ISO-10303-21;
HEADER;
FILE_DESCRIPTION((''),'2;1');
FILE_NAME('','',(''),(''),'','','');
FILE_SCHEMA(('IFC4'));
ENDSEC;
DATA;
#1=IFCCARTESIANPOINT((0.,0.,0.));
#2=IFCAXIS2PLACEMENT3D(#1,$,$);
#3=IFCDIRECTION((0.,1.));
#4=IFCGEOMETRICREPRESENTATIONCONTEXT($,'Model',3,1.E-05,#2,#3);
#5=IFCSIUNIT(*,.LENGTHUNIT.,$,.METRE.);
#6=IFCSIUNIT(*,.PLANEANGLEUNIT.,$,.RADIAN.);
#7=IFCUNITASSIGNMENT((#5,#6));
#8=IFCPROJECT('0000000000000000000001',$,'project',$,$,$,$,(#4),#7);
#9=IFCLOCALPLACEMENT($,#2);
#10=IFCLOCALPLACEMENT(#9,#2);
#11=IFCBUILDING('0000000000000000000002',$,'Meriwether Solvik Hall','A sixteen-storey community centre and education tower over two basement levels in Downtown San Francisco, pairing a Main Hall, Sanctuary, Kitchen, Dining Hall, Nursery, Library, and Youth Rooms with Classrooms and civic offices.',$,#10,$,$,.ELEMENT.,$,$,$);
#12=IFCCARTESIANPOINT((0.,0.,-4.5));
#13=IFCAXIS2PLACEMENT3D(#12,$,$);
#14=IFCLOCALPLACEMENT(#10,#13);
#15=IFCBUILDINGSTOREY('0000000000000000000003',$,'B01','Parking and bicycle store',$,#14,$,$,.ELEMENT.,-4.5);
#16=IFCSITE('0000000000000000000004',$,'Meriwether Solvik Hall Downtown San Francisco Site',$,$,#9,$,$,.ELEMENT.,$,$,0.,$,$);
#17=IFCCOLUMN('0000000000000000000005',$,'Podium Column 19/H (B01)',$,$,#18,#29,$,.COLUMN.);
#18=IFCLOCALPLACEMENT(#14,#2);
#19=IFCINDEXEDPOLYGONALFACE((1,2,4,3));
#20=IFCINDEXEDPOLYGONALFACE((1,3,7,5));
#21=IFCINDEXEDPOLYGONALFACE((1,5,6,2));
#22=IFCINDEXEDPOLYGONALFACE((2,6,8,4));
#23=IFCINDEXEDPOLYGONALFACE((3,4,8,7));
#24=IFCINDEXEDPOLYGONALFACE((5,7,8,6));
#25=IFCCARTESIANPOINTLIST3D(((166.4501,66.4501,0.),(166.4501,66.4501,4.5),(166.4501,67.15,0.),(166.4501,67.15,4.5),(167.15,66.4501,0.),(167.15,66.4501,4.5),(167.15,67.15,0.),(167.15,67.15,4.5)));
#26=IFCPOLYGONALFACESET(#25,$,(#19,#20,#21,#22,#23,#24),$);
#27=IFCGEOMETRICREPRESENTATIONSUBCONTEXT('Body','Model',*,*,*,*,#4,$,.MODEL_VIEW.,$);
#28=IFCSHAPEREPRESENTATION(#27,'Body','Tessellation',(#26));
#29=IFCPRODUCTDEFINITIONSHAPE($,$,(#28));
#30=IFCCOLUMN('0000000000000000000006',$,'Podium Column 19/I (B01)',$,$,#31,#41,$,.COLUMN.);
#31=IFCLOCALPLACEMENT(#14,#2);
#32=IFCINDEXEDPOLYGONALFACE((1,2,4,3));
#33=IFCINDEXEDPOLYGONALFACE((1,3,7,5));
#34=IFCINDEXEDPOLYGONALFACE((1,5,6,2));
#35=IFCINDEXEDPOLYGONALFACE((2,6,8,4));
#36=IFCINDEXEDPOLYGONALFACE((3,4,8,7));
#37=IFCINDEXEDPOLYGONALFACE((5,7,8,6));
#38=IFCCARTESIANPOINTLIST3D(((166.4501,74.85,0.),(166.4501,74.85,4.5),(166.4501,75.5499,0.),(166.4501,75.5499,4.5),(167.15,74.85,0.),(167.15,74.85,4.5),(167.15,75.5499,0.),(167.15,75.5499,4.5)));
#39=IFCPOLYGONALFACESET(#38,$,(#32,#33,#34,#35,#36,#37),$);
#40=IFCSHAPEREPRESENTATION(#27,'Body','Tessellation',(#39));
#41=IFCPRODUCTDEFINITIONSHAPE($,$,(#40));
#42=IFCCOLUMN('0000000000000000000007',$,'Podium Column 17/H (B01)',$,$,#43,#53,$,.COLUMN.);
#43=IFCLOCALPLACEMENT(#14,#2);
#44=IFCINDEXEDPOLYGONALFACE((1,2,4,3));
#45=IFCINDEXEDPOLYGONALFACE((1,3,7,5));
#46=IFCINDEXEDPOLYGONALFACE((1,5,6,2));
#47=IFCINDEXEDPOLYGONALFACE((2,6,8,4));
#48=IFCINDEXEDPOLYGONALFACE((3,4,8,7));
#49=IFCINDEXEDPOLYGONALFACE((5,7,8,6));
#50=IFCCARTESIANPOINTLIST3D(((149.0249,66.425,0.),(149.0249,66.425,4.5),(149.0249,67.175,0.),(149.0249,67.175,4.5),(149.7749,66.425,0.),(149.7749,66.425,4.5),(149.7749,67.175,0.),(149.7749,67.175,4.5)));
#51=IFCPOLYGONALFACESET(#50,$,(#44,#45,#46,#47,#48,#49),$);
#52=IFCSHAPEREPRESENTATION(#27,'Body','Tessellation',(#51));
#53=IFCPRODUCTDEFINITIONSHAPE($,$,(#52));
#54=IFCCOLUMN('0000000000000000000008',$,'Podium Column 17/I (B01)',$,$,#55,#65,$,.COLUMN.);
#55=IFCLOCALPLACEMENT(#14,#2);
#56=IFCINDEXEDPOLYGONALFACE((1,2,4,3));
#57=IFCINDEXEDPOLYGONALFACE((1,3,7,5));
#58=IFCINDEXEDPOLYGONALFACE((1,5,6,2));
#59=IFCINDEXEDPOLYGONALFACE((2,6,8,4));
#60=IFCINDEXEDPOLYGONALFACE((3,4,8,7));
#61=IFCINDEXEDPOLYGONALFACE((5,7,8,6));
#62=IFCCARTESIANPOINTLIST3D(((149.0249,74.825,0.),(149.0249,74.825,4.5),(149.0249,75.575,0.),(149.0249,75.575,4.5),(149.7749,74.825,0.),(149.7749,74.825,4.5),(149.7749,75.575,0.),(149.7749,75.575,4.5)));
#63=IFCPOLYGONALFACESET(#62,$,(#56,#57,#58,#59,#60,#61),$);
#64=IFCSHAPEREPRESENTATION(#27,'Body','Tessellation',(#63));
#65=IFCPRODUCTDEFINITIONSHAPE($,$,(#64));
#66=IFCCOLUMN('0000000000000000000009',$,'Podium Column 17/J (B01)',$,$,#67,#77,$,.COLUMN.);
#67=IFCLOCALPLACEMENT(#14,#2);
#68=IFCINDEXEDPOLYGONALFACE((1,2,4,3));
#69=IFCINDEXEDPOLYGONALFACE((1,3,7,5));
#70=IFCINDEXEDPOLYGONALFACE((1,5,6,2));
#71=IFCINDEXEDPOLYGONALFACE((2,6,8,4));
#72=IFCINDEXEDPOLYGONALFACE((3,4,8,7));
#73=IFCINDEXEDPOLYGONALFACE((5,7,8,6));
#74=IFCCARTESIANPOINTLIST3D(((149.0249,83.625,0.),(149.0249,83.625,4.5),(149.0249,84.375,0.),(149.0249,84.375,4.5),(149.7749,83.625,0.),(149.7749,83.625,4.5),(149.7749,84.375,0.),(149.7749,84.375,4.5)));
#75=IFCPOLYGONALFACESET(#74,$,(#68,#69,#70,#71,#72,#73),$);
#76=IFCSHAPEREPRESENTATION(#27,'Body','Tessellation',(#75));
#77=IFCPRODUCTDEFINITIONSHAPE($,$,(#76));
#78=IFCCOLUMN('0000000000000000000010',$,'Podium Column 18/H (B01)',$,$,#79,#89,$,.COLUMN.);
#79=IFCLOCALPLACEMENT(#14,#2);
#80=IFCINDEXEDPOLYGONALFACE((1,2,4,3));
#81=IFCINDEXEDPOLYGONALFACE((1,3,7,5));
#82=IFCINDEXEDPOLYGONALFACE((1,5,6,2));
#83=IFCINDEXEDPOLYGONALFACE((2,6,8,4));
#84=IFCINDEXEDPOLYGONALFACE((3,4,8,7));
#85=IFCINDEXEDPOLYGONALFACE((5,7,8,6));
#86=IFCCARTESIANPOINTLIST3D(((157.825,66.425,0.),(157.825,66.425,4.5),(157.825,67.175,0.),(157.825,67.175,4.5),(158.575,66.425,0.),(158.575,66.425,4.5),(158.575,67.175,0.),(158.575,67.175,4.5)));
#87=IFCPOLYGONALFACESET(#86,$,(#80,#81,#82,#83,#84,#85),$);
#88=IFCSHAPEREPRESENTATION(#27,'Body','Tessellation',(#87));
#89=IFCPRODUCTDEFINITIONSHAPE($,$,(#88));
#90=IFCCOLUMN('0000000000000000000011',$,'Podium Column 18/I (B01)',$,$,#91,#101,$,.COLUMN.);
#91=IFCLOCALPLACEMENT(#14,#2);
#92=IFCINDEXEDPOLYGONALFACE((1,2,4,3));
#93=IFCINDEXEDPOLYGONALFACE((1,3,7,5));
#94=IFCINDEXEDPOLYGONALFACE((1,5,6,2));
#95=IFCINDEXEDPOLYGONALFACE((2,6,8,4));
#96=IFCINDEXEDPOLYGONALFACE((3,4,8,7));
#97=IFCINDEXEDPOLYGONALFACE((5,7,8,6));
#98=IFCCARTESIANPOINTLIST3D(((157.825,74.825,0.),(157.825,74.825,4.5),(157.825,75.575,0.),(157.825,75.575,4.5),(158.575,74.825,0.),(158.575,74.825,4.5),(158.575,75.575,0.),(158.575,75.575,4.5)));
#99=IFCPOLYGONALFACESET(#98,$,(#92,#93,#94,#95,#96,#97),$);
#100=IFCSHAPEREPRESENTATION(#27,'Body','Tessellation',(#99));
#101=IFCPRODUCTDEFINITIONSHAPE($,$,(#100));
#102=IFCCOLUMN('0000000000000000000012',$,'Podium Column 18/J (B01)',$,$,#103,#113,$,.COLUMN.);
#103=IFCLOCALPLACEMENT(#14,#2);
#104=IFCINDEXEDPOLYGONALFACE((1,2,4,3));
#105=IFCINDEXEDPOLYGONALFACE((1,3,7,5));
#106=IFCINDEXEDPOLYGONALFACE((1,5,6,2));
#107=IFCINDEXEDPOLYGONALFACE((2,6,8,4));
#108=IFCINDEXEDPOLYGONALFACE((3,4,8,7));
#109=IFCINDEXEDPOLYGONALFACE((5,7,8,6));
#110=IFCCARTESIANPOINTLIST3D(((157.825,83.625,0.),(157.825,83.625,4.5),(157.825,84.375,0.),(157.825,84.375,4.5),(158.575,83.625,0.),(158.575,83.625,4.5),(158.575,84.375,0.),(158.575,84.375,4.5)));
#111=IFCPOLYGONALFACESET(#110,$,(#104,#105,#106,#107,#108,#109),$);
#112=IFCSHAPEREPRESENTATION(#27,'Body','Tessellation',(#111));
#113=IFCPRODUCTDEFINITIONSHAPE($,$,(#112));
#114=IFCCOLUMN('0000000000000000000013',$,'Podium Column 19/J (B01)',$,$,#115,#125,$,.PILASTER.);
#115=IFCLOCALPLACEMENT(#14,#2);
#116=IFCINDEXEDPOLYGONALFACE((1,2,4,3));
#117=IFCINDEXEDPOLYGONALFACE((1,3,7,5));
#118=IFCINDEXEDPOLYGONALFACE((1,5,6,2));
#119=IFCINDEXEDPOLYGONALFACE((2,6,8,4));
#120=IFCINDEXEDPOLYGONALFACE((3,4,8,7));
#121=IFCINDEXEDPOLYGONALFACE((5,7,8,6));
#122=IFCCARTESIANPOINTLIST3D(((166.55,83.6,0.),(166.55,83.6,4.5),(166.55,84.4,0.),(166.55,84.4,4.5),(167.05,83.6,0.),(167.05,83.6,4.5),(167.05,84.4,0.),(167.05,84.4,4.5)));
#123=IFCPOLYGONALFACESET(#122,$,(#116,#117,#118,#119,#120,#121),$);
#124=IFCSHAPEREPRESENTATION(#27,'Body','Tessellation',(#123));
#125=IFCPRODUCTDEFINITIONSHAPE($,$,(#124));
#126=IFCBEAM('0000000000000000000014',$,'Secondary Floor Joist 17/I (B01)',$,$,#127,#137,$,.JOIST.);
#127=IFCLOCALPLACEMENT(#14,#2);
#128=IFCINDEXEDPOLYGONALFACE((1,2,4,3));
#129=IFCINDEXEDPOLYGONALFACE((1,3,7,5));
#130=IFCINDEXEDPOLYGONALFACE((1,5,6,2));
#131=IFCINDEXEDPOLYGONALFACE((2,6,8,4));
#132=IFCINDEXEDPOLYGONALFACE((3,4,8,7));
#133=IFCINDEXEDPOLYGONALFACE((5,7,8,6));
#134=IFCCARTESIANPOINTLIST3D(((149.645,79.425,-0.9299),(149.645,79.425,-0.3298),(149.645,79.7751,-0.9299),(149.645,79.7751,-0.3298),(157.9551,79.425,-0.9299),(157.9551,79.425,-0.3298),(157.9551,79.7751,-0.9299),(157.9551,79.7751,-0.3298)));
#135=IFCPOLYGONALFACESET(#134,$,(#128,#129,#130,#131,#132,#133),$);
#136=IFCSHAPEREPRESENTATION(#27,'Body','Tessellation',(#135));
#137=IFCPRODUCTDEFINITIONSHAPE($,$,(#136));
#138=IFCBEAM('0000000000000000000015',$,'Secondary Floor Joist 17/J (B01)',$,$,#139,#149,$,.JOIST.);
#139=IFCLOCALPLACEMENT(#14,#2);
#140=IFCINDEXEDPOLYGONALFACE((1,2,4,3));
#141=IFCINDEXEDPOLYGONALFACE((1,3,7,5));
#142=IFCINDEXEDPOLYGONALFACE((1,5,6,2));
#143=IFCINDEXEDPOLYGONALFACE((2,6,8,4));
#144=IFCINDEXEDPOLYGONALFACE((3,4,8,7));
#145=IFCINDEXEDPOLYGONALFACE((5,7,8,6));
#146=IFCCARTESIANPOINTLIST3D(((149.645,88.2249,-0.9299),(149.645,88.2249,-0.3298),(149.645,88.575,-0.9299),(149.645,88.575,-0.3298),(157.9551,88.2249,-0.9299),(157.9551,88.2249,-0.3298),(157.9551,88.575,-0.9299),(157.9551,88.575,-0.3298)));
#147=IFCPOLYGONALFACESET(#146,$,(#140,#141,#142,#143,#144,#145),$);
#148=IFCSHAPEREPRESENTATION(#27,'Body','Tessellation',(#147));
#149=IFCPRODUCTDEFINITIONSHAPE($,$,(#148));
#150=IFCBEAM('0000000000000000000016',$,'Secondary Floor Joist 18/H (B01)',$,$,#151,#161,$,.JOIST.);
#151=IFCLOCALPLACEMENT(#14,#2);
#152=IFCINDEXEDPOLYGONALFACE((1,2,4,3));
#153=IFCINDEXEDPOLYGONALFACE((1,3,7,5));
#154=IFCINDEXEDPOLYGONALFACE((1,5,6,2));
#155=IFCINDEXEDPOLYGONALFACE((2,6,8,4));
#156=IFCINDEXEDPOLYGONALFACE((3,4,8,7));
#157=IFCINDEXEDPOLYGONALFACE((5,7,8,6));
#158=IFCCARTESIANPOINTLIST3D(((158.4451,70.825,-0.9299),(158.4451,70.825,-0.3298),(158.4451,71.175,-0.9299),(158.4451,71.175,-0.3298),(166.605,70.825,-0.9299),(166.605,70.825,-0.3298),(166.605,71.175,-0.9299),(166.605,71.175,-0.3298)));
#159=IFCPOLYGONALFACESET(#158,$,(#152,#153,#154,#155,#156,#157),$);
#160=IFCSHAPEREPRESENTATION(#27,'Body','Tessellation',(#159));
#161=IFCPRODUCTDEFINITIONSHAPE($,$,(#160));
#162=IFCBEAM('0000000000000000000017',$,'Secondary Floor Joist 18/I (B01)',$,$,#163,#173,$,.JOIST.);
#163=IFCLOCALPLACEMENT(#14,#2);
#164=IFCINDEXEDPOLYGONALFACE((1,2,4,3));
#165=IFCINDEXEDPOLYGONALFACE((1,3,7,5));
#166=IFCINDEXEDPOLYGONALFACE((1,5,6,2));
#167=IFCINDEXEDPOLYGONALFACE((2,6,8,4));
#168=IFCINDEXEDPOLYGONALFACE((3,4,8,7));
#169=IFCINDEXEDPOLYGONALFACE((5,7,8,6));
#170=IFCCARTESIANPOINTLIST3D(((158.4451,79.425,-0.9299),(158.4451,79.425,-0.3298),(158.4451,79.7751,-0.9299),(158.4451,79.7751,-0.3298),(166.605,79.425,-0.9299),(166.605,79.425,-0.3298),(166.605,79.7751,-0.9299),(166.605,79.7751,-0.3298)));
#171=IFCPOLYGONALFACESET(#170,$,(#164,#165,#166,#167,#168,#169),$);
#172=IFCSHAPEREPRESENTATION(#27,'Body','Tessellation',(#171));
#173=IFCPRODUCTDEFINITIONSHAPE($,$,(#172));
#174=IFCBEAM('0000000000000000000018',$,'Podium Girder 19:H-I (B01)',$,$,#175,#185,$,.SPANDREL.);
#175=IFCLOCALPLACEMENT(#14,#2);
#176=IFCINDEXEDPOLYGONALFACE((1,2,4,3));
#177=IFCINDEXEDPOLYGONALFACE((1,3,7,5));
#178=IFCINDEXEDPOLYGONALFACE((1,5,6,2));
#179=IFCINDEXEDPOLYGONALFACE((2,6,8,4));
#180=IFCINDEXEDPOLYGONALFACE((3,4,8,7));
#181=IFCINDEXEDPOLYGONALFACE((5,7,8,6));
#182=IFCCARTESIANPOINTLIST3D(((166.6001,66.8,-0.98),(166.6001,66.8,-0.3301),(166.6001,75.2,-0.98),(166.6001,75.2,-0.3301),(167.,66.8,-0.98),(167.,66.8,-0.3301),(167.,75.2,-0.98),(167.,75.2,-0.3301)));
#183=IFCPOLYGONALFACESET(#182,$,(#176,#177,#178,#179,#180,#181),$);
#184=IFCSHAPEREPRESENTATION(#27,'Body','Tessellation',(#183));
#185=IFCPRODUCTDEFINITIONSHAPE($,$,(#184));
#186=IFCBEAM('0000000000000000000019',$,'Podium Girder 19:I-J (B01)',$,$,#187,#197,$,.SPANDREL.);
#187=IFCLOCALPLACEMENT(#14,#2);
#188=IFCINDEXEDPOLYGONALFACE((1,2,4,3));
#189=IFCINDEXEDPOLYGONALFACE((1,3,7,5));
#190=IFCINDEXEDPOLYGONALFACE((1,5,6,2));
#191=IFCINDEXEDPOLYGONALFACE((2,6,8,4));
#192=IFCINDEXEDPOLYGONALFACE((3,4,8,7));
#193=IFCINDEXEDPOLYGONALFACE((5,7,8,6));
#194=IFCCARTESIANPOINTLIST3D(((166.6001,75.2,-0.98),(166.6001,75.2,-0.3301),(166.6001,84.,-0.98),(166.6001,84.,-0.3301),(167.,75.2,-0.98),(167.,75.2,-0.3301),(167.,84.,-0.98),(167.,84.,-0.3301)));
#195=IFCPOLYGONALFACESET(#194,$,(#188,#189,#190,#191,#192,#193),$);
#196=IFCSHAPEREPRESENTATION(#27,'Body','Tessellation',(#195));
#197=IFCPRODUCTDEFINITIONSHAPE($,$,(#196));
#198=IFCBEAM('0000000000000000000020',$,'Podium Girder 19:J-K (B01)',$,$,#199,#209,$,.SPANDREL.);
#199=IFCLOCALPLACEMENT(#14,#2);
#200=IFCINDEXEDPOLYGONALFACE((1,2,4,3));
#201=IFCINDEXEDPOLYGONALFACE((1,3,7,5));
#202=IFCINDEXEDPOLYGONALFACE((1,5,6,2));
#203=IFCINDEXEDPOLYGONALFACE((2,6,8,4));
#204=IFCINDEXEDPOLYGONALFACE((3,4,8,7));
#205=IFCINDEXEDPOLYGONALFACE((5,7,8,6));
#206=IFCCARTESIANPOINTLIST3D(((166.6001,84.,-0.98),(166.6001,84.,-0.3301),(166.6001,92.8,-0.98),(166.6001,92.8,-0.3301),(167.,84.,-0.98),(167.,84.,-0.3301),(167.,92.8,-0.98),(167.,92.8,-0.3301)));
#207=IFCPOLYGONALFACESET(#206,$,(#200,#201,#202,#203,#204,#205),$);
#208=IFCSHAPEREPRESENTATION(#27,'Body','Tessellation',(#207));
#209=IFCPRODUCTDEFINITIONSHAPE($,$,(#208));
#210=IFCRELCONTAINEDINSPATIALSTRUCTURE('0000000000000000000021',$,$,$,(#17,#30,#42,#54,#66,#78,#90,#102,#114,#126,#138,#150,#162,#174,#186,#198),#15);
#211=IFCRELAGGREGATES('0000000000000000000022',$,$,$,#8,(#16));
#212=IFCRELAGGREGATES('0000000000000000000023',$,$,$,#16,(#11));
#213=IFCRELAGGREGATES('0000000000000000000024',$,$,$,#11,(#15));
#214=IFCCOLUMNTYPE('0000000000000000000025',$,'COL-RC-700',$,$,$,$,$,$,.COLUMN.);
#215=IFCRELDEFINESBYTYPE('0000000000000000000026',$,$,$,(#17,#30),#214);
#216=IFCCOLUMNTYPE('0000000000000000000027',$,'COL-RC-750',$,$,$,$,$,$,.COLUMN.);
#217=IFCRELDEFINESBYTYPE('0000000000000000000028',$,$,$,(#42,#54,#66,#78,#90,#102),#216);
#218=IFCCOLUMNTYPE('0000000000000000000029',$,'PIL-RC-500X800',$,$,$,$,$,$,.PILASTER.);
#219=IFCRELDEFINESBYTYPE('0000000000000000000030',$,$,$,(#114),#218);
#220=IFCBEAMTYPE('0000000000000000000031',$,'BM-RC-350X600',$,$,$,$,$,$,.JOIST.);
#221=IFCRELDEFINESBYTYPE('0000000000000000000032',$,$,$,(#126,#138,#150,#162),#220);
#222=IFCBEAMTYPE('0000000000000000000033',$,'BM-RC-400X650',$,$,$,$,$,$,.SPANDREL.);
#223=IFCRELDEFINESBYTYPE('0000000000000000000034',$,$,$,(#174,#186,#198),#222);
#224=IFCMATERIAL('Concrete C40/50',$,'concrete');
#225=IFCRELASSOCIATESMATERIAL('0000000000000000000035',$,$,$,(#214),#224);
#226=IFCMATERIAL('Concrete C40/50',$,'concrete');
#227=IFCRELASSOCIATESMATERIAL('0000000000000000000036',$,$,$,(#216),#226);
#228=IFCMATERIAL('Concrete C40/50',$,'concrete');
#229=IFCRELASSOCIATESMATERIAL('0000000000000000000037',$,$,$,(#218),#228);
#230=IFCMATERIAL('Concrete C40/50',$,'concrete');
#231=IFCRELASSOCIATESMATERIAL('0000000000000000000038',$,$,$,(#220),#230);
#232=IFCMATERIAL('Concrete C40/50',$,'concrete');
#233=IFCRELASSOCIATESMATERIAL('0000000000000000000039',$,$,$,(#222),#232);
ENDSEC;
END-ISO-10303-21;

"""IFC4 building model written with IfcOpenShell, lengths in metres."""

from ifc_helpers import new_model, si_unit, direction, frame, origin, origin_2d, place, context, subcontext, project, spatial, rectangle, extrude, material, material_profile, profile_set, type_object, element, save


model = new_model("IFC4")

# Units and contexts
model_context = context("Model", 3, precision=1e-05, world=origin(), true_north=direction((0.0, 1.0)))
body_context = subcontext(model_context, "Body", "Model", "MODEL_VIEW")
ifc_project = project(units=[si_unit("LENGTHUNIT", "METRE"), si_unit("PLANEANGLEUNIT", "RADIAN")], contexts=[model_context])

# Site, building, storey
site_placement = place(None, origin())
site = spatial("IfcSite", under=ifc_project, at=site_placement, Name="Meriwether Solvik Hall Downtown San Francisco Site", CompositionType="ELEMENT", RefElevation=0.0)
building_placement = place(site_placement, origin())
building = spatial("IfcBuilding", under=site, at=building_placement, Name="Meriwether Solvik Hall", Description="A sixteen-storey community centre and education tower over two basement levels in Downtown San Francisco, pairing a Main Hall, Sanctuary, Kitchen, Dining Hall, Nursery, Library, and Youth Rooms with Classrooms and civic offices.", CompositionType="ELEMENT")
storey_placement = place(building_placement, frame((0.0, 0.0, -4.5)))
storey = spatial("IfcBuildingStorey", under=building, at=storey_placement, Name="B01", Description="Parking and bicycle store", CompositionType="ELEMENT", Elevation=-4.5)

# Columns
ifc_material_1 = material(Name="Concrete C40/50", Category="concrete")
ifc_material_profile_1 = material_profile(ifc_material_1, rectangle(XDim=0.7, YDim=0.7, at=origin_2d()), Name="RCC-700X700")
ifc_profile_set_1 = profile_set([ifc_material_profile_1], Name="Concrete C40/50")
column_type_1 = type_object("IfcColumnType", Name="COL-RC-700", PredefinedType="COLUMN", material=ifc_profile_set_1)
for number, where, z_axis, x_axis, name in (
    (1, (166.8, 66.8, 0.0), (0.0, 0.0, 1.0), (1.0, 0.0, 0.0), "Podium Column 19/H (B01)"),
    (2, (166.8, 75.2, 0.0), (0.0, 0.0, 1.0), (1.0, 0.0, 0.0), "Podium Column 19/I (B01)"),
):
    element("IfcColumn", number, at=place(storey_placement, frame(where, z_axis=z_axis, x_axis=x_axis)), inside=storey, type_object=column_type_1, Name=name, PredefinedType="COLUMN", context=body_context, shape_type="SweptSolid", body=[
        extrude(rectangle(XDim=0.7, YDim=0.7, at=origin_2d()), origin(), (0.0, 0.0, 1.0), 4.5),
    ])
ifc_material_2 = material(Name="Concrete C40/50", Category="concrete")
ifc_material_profile_2 = material_profile(ifc_material_2, rectangle(XDim=0.75, YDim=0.75, at=origin_2d()), Name="RCC-750X750")
ifc_profile_set_2 = profile_set([ifc_material_profile_2], Name="Concrete C40/50")
column_type_2 = type_object("IfcColumnType", Name="COL-RC-750", PredefinedType="COLUMN", material=ifc_profile_set_2)
for number, where, z_axis, x_axis, name in (
    (3, (149.3999, 66.8, 0.0), (0.0, 0.0, 1.0), (1.0, 0.0, 0.0), "Podium Column 17/H (B01)"),
    (4, (149.3999, 75.2, 0.0), (0.0, 0.0, 1.0), (1.0, 0.0, 0.0), "Podium Column 17/I (B01)"),
    (5, (149.3999, 84.0, 0.0), (0.0, 0.0, 1.0), (1.0, 0.0, 0.0), "Podium Column 17/J (B01)"),
    (6, (158.2, 66.8, 0.0), (0.0, 0.0, 1.0), (1.0, 0.0, 0.0), "Podium Column 18/H (B01)"),
    (7, (158.2, 75.2, 0.0), (0.0, 0.0, 1.0), (1.0, 0.0, 0.0), "Podium Column 18/I (B01)"),
    (8, (158.2, 84.0, 0.0), (0.0, 0.0, 1.0), (1.0, 0.0, 0.0), "Podium Column 18/J (B01)"),
):
    element("IfcColumn", number, at=place(storey_placement, frame(where, z_axis=z_axis, x_axis=x_axis)), inside=storey, type_object=column_type_2, Name=name, PredefinedType="COLUMN", context=body_context, shape_type="SweptSolid", body=[
        extrude(rectangle(XDim=0.75, YDim=0.75, at=origin_2d()), origin(), (0.0, 0.0, 1.0), 4.5),
    ])
ifc_material_3 = material(Name="Concrete C40/50", Category="concrete")
ifc_material_profile_3 = material_profile(ifc_material_3, rectangle(XDim=0.5, YDim=0.8, at=origin_2d()), Name="RCP-500X800")
ifc_profile_set_3 = profile_set([ifc_material_profile_3], Name="Concrete C40/50")
column_type_3 = type_object("IfcColumnType", Name="PIL-RC-500X800", PredefinedType="PILASTER", material=ifc_profile_set_3)
column_placement = place(storey_placement, frame((166.8, 84.0, 0.0), z_axis=(0.0, 0.0, 1.0), x_axis=(1.0, 0.0, 0.0)))
element("IfcColumn", 9, at=column_placement, inside=storey, type_object=column_type_3, Name="Podium Column 19/J (B01)", PredefinedType="PILASTER", context=body_context, shape_type="SweptSolid", body=[
    extrude(rectangle(XDim=0.5, YDim=0.8, at=origin_2d()), origin(), (0.0, 0.0, 1.0), 4.5),
])

# Beams
ifc_material_4 = material(Name="Concrete C40/50", Category="concrete")
ifc_material_profile_4 = material_profile(ifc_material_4, rectangle(XDim=0.3501, YDim=0.6001, at=origin_2d()), Name="RCB-350X600")
ifc_profile_set_4 = profile_set([ifc_material_profile_4], Name="Concrete C40/50")
beam_type_1 = type_object("IfcBeamType", Name="BM-RC-350X600", PredefinedType="JOIST", material=ifc_profile_set_4)
for number, where, z_axis, x_axis, name in (
    (10, (149.645, 79.6001, -0.6299), (1.0, 0.0, 0.0), (0.0, 1.0, 0.0), "Secondary Floor Joist 17/I (B01)"),
    (11, (149.645, 88.3999, -0.6299), (1.0, 0.0, 0.0), (0.0, 1.0, 0.0), "Secondary Floor Joist 17/J (B01)"),
):
    element("IfcBeam", number, at=place(storey_placement, frame(where, z_axis=z_axis, x_axis=x_axis)), inside=storey, type_object=beam_type_1, Name=name, PredefinedType="JOIST", context=body_context, shape_type="SweptSolid", body=[
        extrude(rectangle(XDim=0.3501, YDim=0.6001, at=origin_2d()), origin(), (0.0, 0.0, 1.0), 8.3101),
    ])
for number, where, z_axis, x_axis, name in (
    (12, (158.4451, 71.0, -0.6299), (1.0, 0.0, 0.0), (0.0, 1.0, 0.0), "Secondary Floor Joist 18/H (B01)"),
    (13, (158.4451, 79.6001, -0.6299), (1.0, 0.0, 0.0), (0.0, 1.0, 0.0), "Secondary Floor Joist 18/I (B01)"),
):
    element("IfcBeam", number, at=place(storey_placement, frame(where, z_axis=z_axis, x_axis=x_axis)), inside=storey, type_object=beam_type_1, Name=name, PredefinedType="JOIST", context=body_context, shape_type="SweptSolid", body=[
        extrude(rectangle(XDim=0.3501, YDim=0.6001, at=origin_2d()), origin(), (0.0, 0.0, 1.0), 8.1599),
    ])
ifc_material_5 = material(Name="Concrete C40/50", Category="concrete")
ifc_material_profile_5 = material_profile(ifc_material_5, rectangle(XDim=0.3999, YDim=0.6499, at=origin_2d()), Name="RCB-400X650")
ifc_profile_set_5 = profile_set([ifc_material_profile_5], Name="Concrete C40/50")
beam_type_2 = type_object("IfcBeamType", Name="BM-RC-400X650", PredefinedType="SPANDREL", material=ifc_profile_set_5)
beam_1_placement = place(storey_placement, frame((166.8, 66.8, -0.655), z_axis=(0.0, 1.0, 0.0), x_axis=(-1.0, 0.0, 0.0)))
element("IfcBeam", 14, at=beam_1_placement, inside=storey, type_object=beam_type_2, Name="Podium Girder 19:H-I (B01)", PredefinedType="SPANDREL", context=body_context, shape_type="SweptSolid", body=[
    extrude(rectangle(XDim=0.3999, YDim=0.6499, at=origin_2d()), origin(), (0.0, 0.0, 1.0), 8.3999),
])
for number, where, z_axis, x_axis, name in (
    (15, (166.8, 75.2, -0.655), (0.0, 1.0, 0.0), (-1.0, 0.0, 0.0), "Podium Girder 19:I-J (B01)"),
    (16, (166.8, 84.0, -0.655), (0.0, 1.0, 0.0), (-1.0, 0.0, 0.0), "Podium Girder 19:J-K (B01)"),
):
    element("IfcBeam", number, at=place(storey_placement, frame(where, z_axis=z_axis, x_axis=x_axis)), inside=storey, type_object=beam_type_2, Name=name, PredefinedType="SPANDREL", context=body_context, shape_type="SweptSolid", body=[
        extrude(rectangle(XDim=0.3999, YDim=0.6499, at=origin_2d()), origin(), (0.0, 0.0, 1.0), 8.8),
    ])

save(model, "model.ifc")
